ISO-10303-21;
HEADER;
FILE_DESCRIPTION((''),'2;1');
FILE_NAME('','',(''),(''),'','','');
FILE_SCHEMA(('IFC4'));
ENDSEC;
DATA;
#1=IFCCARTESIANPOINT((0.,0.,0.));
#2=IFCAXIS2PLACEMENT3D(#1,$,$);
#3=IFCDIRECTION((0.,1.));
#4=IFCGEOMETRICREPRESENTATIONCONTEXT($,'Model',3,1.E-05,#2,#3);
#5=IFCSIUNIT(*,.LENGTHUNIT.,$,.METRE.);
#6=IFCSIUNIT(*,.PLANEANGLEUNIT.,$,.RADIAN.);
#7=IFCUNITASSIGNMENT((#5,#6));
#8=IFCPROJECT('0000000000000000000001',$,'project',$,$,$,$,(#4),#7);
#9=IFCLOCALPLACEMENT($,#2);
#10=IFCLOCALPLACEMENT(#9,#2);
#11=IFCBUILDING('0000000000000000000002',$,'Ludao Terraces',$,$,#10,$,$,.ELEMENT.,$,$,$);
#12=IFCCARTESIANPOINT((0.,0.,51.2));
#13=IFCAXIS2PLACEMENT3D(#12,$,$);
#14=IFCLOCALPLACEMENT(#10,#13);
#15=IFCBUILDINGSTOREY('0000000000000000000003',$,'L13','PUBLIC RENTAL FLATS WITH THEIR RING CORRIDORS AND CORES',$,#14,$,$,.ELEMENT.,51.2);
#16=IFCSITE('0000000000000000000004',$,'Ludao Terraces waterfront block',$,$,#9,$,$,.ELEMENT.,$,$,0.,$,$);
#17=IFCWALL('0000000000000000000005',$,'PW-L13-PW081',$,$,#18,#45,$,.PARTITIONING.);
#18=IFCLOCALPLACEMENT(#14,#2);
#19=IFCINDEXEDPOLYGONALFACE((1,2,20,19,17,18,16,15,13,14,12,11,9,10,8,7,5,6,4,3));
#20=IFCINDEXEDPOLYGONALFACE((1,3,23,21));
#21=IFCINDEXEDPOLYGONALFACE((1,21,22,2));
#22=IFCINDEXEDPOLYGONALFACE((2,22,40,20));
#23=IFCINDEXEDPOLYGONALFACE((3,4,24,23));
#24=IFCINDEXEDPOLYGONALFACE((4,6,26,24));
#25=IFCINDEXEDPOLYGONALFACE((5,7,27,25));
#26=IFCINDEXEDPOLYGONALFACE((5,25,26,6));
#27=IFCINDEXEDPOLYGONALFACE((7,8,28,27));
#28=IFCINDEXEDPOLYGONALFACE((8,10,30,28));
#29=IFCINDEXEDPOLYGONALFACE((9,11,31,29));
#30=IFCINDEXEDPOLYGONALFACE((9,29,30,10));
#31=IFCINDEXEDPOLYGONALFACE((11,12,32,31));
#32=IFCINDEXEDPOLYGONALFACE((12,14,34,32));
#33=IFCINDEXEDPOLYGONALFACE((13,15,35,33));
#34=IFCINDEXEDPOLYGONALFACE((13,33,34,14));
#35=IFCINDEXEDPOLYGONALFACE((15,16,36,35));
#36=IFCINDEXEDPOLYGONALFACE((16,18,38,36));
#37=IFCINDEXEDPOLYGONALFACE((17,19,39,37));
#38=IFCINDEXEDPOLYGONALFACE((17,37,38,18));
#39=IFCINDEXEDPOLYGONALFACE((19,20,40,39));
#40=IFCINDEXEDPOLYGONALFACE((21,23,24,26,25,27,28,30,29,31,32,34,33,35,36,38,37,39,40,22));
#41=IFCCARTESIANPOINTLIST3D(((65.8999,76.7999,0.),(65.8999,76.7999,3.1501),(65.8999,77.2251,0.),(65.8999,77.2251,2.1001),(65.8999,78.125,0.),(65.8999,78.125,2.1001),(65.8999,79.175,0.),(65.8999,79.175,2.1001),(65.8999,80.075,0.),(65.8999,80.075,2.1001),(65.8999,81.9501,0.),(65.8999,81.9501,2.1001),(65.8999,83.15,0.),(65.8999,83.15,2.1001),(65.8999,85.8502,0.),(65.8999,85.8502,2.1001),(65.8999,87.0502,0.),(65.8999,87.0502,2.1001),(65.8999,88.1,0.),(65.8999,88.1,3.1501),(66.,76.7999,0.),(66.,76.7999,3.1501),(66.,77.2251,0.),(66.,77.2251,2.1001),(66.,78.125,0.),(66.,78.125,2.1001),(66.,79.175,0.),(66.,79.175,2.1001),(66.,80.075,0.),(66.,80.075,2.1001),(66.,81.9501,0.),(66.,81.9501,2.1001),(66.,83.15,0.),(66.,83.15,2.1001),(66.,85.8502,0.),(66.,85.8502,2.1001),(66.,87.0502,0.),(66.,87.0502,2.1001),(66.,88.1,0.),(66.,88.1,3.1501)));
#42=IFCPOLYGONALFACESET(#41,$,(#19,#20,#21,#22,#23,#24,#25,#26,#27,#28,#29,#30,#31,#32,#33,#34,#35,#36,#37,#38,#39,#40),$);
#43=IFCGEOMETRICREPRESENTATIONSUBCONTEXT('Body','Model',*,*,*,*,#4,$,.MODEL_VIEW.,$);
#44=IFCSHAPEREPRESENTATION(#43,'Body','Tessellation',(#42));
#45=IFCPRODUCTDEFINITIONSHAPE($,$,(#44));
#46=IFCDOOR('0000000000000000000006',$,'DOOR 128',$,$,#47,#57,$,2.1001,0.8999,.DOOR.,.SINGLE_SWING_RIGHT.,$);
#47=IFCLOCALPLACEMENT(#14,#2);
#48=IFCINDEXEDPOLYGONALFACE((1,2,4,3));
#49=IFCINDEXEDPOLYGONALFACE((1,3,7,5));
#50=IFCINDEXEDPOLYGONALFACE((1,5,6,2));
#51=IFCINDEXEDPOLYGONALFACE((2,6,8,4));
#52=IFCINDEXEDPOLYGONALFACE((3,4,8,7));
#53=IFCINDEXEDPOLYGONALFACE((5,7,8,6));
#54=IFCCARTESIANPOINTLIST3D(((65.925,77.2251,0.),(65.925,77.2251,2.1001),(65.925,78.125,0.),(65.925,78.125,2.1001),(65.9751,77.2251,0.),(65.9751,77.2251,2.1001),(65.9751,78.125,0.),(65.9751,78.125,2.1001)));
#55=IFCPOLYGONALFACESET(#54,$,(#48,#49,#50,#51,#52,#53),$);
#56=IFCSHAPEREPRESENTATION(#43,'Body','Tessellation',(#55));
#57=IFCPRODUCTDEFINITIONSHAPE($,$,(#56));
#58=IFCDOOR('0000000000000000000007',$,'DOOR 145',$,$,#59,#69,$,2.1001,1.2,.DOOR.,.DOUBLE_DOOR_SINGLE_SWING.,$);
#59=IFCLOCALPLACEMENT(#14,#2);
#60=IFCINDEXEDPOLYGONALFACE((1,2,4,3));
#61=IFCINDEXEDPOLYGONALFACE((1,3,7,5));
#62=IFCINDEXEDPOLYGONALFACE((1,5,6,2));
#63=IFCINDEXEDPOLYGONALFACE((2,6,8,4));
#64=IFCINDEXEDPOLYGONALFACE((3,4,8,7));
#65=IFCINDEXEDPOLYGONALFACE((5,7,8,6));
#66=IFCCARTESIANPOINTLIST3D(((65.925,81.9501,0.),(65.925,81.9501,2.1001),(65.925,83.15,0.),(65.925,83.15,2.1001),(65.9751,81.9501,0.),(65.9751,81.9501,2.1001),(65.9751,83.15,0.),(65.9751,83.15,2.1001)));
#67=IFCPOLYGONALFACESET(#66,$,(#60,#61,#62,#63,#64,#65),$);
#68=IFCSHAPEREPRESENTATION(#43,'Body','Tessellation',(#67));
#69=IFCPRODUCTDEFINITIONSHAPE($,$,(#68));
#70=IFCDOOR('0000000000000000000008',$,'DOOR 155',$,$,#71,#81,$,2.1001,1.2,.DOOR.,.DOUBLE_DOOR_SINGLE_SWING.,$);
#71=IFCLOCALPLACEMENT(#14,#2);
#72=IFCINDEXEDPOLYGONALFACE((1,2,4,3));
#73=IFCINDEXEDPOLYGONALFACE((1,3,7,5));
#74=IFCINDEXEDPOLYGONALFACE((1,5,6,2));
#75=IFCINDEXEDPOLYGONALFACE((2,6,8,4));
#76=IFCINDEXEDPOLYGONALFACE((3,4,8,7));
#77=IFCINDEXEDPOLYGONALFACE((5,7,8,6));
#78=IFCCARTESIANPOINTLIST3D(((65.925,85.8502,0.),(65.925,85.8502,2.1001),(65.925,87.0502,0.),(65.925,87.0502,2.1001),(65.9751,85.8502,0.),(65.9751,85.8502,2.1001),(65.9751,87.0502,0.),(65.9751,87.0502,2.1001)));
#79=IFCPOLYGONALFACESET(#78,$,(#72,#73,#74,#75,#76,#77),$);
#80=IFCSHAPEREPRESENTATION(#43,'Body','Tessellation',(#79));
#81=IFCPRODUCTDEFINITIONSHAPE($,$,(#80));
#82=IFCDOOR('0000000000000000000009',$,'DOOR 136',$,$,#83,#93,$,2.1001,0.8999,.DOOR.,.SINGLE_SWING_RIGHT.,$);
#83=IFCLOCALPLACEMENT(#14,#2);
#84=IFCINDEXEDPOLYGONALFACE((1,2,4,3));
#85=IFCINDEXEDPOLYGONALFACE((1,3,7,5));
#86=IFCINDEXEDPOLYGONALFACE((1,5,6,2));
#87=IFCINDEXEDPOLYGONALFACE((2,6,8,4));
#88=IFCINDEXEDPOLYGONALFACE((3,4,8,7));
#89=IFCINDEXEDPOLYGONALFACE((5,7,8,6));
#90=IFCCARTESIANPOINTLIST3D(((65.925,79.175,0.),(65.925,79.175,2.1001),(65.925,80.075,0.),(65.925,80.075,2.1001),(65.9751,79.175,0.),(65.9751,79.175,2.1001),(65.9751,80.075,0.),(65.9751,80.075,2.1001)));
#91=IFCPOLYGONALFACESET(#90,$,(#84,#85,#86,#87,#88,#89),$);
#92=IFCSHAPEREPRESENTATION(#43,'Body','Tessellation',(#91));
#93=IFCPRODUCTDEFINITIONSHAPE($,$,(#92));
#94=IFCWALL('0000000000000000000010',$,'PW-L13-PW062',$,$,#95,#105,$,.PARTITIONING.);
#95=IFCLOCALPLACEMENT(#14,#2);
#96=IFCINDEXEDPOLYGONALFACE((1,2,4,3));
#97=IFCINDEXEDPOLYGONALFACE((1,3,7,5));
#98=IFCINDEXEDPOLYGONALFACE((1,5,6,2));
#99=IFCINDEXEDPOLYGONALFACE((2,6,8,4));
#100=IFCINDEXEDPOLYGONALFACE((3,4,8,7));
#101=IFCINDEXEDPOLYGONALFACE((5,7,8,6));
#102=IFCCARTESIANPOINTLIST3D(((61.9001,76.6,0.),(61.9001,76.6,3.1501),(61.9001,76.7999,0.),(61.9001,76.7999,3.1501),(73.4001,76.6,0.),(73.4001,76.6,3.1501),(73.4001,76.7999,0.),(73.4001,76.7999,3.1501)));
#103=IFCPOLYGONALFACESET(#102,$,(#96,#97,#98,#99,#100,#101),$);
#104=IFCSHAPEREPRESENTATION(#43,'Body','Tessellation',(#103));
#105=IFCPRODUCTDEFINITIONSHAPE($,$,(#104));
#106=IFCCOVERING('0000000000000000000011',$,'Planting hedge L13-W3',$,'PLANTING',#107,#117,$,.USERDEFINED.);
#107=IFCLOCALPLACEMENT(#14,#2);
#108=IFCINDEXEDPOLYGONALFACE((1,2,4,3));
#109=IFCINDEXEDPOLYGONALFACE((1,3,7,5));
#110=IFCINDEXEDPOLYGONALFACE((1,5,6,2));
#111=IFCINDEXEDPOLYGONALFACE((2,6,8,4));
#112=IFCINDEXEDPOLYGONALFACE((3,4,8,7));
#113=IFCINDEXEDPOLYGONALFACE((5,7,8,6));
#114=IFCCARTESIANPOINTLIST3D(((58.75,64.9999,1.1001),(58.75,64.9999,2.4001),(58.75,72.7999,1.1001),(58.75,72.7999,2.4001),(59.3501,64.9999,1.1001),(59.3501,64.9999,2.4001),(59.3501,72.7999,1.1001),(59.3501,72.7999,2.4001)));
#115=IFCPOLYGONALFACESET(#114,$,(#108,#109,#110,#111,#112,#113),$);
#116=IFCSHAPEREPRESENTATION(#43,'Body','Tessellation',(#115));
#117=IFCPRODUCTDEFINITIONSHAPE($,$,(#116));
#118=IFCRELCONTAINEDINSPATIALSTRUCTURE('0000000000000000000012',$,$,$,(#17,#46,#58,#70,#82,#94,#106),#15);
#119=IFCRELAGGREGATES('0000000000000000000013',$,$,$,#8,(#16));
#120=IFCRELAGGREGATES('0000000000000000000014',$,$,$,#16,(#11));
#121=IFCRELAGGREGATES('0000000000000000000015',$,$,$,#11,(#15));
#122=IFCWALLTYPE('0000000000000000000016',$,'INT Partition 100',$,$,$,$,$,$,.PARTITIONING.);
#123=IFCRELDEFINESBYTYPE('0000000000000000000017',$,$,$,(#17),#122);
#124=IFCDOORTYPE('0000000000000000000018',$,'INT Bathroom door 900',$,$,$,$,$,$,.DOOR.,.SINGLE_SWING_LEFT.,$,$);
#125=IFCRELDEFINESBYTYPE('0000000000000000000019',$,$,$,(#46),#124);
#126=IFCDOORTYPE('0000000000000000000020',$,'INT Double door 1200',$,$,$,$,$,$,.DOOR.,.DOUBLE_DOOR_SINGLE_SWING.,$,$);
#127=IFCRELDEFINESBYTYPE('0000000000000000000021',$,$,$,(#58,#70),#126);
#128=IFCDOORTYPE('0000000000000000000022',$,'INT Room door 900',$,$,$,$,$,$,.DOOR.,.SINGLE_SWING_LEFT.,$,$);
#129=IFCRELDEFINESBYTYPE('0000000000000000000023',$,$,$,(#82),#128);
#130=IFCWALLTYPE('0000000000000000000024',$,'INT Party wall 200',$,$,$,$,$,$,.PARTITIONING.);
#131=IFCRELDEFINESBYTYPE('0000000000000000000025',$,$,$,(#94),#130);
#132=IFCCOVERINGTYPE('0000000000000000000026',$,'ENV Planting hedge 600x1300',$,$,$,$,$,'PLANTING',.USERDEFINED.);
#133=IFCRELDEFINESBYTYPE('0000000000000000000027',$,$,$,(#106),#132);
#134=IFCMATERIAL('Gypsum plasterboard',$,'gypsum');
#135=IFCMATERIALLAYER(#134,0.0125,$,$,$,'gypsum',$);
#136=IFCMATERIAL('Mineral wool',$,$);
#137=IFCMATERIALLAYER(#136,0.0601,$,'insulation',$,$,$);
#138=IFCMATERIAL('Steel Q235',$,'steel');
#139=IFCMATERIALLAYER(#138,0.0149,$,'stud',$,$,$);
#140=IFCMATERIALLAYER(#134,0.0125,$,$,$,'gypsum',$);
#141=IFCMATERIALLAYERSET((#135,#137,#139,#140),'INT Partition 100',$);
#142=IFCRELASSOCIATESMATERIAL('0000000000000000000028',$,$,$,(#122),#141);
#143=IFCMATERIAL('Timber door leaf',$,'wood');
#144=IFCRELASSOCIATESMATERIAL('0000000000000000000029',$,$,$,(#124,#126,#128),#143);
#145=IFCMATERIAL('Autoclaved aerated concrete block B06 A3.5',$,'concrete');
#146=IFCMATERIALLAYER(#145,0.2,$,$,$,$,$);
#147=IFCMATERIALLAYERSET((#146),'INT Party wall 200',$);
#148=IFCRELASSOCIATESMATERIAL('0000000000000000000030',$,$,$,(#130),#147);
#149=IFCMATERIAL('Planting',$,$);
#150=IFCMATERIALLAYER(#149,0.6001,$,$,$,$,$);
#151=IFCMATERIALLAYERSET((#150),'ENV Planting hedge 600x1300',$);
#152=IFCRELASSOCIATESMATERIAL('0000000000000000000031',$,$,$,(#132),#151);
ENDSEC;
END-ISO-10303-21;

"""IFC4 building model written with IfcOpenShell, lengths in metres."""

from ifc_helpers import new_model, si_unit, direction, frame, frame_2d, origin, origin_2d, place, context, subcontext, project, spatial, rectangle, extrude, material, layer, layer_set, type_object, element, fill, save


model = new_model("IFC4")

# Units and contexts
model_context = context("Model", 3, precision=1e-05, world=origin(), true_north=direction((0.0, 1.0)))
body_context = subcontext(model_context, "Body", "Model", "MODEL_VIEW")
ifc_project = project(units=[si_unit("LENGTHUNIT", "METRE"), si_unit("PLANEANGLEUNIT", "RADIAN")], contexts=[model_context])

# Site, building, storey
site_placement = place(None, origin())
site = spatial("IfcSite", under=ifc_project, at=site_placement, Name="Ludao Terraces waterfront block", CompositionType="ELEMENT", RefElevation=0.0)
building_placement = place(site_placement, origin())
building = spatial("IfcBuilding", under=site, at=building_placement, Name="Ludao Terraces", CompositionType="ELEMENT")
storey_placement = place(building_placement, frame((0.0, 0.0, 51.2)))
storey = spatial("IfcBuildingStorey", under=building, at=storey_placement, Name="L13", Description="PUBLIC RENTAL FLATS WITH THEIR RING CORRIDORS AND CORES", CompositionType="ELEMENT", Elevation=51.2)

# Shared definitions
ifc_material_1 = material(Name="Mineral wool")

# Shared definitions
ifc_material_2 = material(Name="Gypsum plasterboard", Category="gypsum")
ifc_layer_1 = layer(ifc_material_2, 0.0125, Category="gypsum")
ifc_layer_2 = layer(ifc_material_1, 0.0601, Name="insulation")
ifc_material_3 = material(Name="Steel Q235", Category="steel")
ifc_layer_3 = layer(ifc_material_3, 0.0149, Name="stud")
ifc_layer_4 = layer(ifc_material_2, 0.0125, Category="gypsum")
ifc_layer_set_1 = layer_set([ifc_layer_1, ifc_layer_2, ifc_layer_3, ifc_layer_4], Name="INT Partition 100")
wall_type_1 = type_object("IfcWallType", Name="INT Partition 100", PredefinedType="PARTITIONING", material=ifc_layer_set_1)

# Wall, openings, doors
wall_1_placement = place(storey_placement, frame((65.95, 76.8, 0.0), z_axis=(0.0, 0.0, 1.0), x_axis=(0.0, 1.0, 0.0)))
wall_1 = element("IfcWall", 1, at=wall_1_placement, inside=storey, type_object=wall_type_1, Name="PW-L13-PW081", PredefinedType="PARTITIONING", context=body_context, shape_type="SweptSolid", body=[
    extrude(rectangle(XDim=11.3, YDim=0.1001, at=frame_2d((5.6499, 0.0))), origin(), (0.0, 0.0, 1.0), 3.1501),
])
opening_1_placement = place(wall_1_placement, frame((0.425, 0.0, 0.0)))
opening_1 = element("IfcOpeningElement", 2, at=opening_1_placement, cuts=wall_1, PredefinedType="OPENING", context=body_context, shape_type="SweptSolid", body=[
    extrude(rectangle(XDim=0.8999, YDim=2.1001, at=frame_2d((0.45, 1.05))), frame((0.0, 0.0601, 0.0), z_axis=(0.0, -1.0, 0.0), x_axis=(1.0, 0.0, 0.0)), (0.0, 0.0, 1.0), 0.1201),
])
opening_2_placement = place(wall_1_placement, frame((2.375, 0.0, 0.0)))
opening_2 = element("IfcOpeningElement", 3, at=opening_2_placement, cuts=wall_1, PredefinedType="OPENING", context=body_context, shape_type="SweptSolid", body=[
    extrude(rectangle(XDim=0.8999, YDim=2.1001, at=frame_2d((0.45, 1.05))), frame((0.0, 0.0601, 0.0), z_axis=(0.0, -1.0, 0.0), x_axis=(1.0, 0.0, 0.0)), (0.0, 0.0, 1.0), 0.1201),
])
opening_3_placement = place(wall_1_placement, frame((5.1499, 0.0, 0.0)))
opening_3 = element("IfcOpeningElement", 4, at=opening_3_placement, cuts=wall_1, PredefinedType="OPENING", context=body_context, shape_type="SweptSolid", body=[
    extrude(rectangle(XDim=1.2, YDim=2.1001, at=frame_2d((0.6001, 1.05))), frame((0.0, 0.0601, 0.0), z_axis=(0.0, -1.0, 0.0), x_axis=(1.0, 0.0, 0.0)), (0.0, 0.0, 1.0), 0.1201),
])
opening_4_placement = place(wall_1_placement, frame((9.05, 0.0, 0.0)))
opening_4 = element("IfcOpeningElement", 5, at=opening_4_placement, cuts=wall_1, PredefinedType="OPENING", context=body_context, shape_type="SweptSolid", body=[
    extrude(rectangle(XDim=1.2, YDim=2.1001, at=frame_2d((0.6001, 1.05))), frame((0.0, 0.0601, 0.0), z_axis=(0.0, -1.0, 0.0), x_axis=(1.0, 0.0, 0.0)), (0.0, 0.0, 1.0), 0.1201),
])
ifc_material_4 = material(Name="Timber door leaf", Category="wood")
door_type_1 = type_object("IfcDoorType", Name="INT Bathroom door 900", OperationType="SINGLE_SWING_LEFT", PredefinedType="DOOR", material=ifc_material_4)
door_1_placement = place(opening_1_placement, origin())
door_1 = element("IfcDoor", 6, at=door_1_placement, inside=storey, type_object=door_type_1, Name="DOOR 128", OperationType="SINGLE_SWING_RIGHT", OverallHeight=2.1001, OverallWidth=0.8999, PredefinedType="DOOR", context=body_context, shape_type="SweptSolid", body=[
    extrude(rectangle(XDim=0.8999, YDim=2.1001, at=frame_2d((0.45, 1.05))), frame((0.0, 0.0249, 0.0), z_axis=(0.0, -1.0, 0.0), x_axis=(1.0, 0.0, 0.0)), (0.0, 0.0, 1.0), 0.05),
])
fill(opening_1, door_1)
door_type_2 = type_object("IfcDoorType", Name="INT Double door 1200", OperationType="DOUBLE_DOOR_SINGLE_SWING", PredefinedType="DOOR", material=ifc_material_4)
door_2_placement = place(opening_3_placement, origin())
door_2 = element("IfcDoor", 7, at=door_2_placement, inside=storey, type_object=door_type_2, Name="DOOR 145", OperationType="DOUBLE_DOOR_SINGLE_SWING", OverallHeight=2.1001, OverallWidth=1.2, PredefinedType="DOOR", context=body_context, shape_type="SweptSolid", body=[
    extrude(rectangle(XDim=1.2, YDim=2.1001, at=frame_2d((0.6001, 1.05))), frame((0.0, 0.0249, 0.0), z_axis=(0.0, -1.0, 0.0), x_axis=(1.0, 0.0, 0.0)), (0.0, 0.0, 1.0), 0.05),
])
fill(opening_3, door_2)
door_3_placement = place(opening_4_placement, origin())
door_3 = element("IfcDoor", 8, at=door_3_placement, inside=storey, type_object=door_type_2, Name="DOOR 155", OperationType="DOUBLE_DOOR_SINGLE_SWING", OverallHeight=2.1001, OverallWidth=1.2, PredefinedType="DOOR", context=body_context, shape_type="SweptSolid", body=[
    extrude(rectangle(XDim=1.2, YDim=2.1001, at=frame_2d((0.6001, 1.05))), frame((0.0, 0.0249, 0.0), z_axis=(0.0, -1.0, 0.0), x_axis=(1.0, 0.0, 0.0)), (0.0, 0.0, 1.0), 0.05),
])
fill(opening_4, door_3)
door_type_3 = type_object("IfcDoorType", Name="INT Room door 900", OperationType="SINGLE_SWING_LEFT", PredefinedType="DOOR", material=ifc_material_4)
door_4_placement = place(opening_2_placement, origin())
door_4 = element("IfcDoor", 9, at=door_4_placement, inside=storey, type_object=door_type_3, Name="DOOR 136", OperationType="SINGLE_SWING_RIGHT", OverallHeight=2.1001, OverallWidth=0.8999, PredefinedType="DOOR", context=body_context, shape_type="SweptSolid", body=[
    extrude(rectangle(XDim=0.8999, YDim=2.1001, at=frame_2d((0.45, 1.05))), frame((0.0, 0.0249, 0.0), z_axis=(0.0, -1.0, 0.0), x_axis=(1.0, 0.0, 0.0)), (0.0, 0.0, 1.0), 0.05),
])
fill(opening_2, door_4)

# Wall
ifc_material_5 = material(Name="Autoclaved aerated concrete block B06 A3.5", Category="concrete")
ifc_layer_5 = layer(ifc_material_5, 0.2)
ifc_layer_set_2 = layer_set([ifc_layer_5], Name="INT Party wall 200")
wall_type_2 = type_object("IfcWallType", Name="INT Party wall 200", PredefinedType="PARTITIONING", material=ifc_layer_set_2)
wall_2_placement = place(storey_placement, frame((61.9001, 76.7, 0.0), z_axis=(0.0, 0.0, 1.0), x_axis=(1.0, 0.0, 0.0)))
element("IfcWall", 10, at=wall_2_placement, inside=storey, type_object=wall_type_2, Name="PW-L13-PW062", PredefinedType="PARTITIONING", context=body_context, shape_type="SweptSolid", body=[
    extrude(rectangle(XDim=11.5, YDim=0.2, at=frame_2d((5.75, 0.0))), origin(), (0.0, 0.0, 1.0), 3.1501),
])

# Covering
ifc_material_6 = material(Name="Planting")
ifc_layer_6 = layer(ifc_material_6, 0.6001)
ifc_layer_set_3 = layer_set([ifc_layer_6], Name="ENV Planting hedge 600x1300")
covering_type = type_object("IfcCoveringType", Name="ENV Planting hedge 600x1300", ElementType="PLANTING", PredefinedType="USERDEFINED", material=ifc_layer_set_3)
covering_placement = place(storey_placement, frame((59.05, 68.8999, 1.1001), z_axis=(0.0, 0.0, 1.0), x_axis=(1.0, 0.0, 0.0)))
element("IfcCovering", 11, at=covering_placement, inside=storey, type_object=covering_type, Name="Planting hedge L13-W3", ObjectType="PLANTING", PredefinedType="USERDEFINED", context=body_context, shape_type="SweptSolid", body=[
    extrude(rectangle(XDim=0.6001, YDim=7.8, at=origin_2d()), origin(), (0.0, 0.0, 1.0), 1.3),
])

save(model, "model.ifc")
